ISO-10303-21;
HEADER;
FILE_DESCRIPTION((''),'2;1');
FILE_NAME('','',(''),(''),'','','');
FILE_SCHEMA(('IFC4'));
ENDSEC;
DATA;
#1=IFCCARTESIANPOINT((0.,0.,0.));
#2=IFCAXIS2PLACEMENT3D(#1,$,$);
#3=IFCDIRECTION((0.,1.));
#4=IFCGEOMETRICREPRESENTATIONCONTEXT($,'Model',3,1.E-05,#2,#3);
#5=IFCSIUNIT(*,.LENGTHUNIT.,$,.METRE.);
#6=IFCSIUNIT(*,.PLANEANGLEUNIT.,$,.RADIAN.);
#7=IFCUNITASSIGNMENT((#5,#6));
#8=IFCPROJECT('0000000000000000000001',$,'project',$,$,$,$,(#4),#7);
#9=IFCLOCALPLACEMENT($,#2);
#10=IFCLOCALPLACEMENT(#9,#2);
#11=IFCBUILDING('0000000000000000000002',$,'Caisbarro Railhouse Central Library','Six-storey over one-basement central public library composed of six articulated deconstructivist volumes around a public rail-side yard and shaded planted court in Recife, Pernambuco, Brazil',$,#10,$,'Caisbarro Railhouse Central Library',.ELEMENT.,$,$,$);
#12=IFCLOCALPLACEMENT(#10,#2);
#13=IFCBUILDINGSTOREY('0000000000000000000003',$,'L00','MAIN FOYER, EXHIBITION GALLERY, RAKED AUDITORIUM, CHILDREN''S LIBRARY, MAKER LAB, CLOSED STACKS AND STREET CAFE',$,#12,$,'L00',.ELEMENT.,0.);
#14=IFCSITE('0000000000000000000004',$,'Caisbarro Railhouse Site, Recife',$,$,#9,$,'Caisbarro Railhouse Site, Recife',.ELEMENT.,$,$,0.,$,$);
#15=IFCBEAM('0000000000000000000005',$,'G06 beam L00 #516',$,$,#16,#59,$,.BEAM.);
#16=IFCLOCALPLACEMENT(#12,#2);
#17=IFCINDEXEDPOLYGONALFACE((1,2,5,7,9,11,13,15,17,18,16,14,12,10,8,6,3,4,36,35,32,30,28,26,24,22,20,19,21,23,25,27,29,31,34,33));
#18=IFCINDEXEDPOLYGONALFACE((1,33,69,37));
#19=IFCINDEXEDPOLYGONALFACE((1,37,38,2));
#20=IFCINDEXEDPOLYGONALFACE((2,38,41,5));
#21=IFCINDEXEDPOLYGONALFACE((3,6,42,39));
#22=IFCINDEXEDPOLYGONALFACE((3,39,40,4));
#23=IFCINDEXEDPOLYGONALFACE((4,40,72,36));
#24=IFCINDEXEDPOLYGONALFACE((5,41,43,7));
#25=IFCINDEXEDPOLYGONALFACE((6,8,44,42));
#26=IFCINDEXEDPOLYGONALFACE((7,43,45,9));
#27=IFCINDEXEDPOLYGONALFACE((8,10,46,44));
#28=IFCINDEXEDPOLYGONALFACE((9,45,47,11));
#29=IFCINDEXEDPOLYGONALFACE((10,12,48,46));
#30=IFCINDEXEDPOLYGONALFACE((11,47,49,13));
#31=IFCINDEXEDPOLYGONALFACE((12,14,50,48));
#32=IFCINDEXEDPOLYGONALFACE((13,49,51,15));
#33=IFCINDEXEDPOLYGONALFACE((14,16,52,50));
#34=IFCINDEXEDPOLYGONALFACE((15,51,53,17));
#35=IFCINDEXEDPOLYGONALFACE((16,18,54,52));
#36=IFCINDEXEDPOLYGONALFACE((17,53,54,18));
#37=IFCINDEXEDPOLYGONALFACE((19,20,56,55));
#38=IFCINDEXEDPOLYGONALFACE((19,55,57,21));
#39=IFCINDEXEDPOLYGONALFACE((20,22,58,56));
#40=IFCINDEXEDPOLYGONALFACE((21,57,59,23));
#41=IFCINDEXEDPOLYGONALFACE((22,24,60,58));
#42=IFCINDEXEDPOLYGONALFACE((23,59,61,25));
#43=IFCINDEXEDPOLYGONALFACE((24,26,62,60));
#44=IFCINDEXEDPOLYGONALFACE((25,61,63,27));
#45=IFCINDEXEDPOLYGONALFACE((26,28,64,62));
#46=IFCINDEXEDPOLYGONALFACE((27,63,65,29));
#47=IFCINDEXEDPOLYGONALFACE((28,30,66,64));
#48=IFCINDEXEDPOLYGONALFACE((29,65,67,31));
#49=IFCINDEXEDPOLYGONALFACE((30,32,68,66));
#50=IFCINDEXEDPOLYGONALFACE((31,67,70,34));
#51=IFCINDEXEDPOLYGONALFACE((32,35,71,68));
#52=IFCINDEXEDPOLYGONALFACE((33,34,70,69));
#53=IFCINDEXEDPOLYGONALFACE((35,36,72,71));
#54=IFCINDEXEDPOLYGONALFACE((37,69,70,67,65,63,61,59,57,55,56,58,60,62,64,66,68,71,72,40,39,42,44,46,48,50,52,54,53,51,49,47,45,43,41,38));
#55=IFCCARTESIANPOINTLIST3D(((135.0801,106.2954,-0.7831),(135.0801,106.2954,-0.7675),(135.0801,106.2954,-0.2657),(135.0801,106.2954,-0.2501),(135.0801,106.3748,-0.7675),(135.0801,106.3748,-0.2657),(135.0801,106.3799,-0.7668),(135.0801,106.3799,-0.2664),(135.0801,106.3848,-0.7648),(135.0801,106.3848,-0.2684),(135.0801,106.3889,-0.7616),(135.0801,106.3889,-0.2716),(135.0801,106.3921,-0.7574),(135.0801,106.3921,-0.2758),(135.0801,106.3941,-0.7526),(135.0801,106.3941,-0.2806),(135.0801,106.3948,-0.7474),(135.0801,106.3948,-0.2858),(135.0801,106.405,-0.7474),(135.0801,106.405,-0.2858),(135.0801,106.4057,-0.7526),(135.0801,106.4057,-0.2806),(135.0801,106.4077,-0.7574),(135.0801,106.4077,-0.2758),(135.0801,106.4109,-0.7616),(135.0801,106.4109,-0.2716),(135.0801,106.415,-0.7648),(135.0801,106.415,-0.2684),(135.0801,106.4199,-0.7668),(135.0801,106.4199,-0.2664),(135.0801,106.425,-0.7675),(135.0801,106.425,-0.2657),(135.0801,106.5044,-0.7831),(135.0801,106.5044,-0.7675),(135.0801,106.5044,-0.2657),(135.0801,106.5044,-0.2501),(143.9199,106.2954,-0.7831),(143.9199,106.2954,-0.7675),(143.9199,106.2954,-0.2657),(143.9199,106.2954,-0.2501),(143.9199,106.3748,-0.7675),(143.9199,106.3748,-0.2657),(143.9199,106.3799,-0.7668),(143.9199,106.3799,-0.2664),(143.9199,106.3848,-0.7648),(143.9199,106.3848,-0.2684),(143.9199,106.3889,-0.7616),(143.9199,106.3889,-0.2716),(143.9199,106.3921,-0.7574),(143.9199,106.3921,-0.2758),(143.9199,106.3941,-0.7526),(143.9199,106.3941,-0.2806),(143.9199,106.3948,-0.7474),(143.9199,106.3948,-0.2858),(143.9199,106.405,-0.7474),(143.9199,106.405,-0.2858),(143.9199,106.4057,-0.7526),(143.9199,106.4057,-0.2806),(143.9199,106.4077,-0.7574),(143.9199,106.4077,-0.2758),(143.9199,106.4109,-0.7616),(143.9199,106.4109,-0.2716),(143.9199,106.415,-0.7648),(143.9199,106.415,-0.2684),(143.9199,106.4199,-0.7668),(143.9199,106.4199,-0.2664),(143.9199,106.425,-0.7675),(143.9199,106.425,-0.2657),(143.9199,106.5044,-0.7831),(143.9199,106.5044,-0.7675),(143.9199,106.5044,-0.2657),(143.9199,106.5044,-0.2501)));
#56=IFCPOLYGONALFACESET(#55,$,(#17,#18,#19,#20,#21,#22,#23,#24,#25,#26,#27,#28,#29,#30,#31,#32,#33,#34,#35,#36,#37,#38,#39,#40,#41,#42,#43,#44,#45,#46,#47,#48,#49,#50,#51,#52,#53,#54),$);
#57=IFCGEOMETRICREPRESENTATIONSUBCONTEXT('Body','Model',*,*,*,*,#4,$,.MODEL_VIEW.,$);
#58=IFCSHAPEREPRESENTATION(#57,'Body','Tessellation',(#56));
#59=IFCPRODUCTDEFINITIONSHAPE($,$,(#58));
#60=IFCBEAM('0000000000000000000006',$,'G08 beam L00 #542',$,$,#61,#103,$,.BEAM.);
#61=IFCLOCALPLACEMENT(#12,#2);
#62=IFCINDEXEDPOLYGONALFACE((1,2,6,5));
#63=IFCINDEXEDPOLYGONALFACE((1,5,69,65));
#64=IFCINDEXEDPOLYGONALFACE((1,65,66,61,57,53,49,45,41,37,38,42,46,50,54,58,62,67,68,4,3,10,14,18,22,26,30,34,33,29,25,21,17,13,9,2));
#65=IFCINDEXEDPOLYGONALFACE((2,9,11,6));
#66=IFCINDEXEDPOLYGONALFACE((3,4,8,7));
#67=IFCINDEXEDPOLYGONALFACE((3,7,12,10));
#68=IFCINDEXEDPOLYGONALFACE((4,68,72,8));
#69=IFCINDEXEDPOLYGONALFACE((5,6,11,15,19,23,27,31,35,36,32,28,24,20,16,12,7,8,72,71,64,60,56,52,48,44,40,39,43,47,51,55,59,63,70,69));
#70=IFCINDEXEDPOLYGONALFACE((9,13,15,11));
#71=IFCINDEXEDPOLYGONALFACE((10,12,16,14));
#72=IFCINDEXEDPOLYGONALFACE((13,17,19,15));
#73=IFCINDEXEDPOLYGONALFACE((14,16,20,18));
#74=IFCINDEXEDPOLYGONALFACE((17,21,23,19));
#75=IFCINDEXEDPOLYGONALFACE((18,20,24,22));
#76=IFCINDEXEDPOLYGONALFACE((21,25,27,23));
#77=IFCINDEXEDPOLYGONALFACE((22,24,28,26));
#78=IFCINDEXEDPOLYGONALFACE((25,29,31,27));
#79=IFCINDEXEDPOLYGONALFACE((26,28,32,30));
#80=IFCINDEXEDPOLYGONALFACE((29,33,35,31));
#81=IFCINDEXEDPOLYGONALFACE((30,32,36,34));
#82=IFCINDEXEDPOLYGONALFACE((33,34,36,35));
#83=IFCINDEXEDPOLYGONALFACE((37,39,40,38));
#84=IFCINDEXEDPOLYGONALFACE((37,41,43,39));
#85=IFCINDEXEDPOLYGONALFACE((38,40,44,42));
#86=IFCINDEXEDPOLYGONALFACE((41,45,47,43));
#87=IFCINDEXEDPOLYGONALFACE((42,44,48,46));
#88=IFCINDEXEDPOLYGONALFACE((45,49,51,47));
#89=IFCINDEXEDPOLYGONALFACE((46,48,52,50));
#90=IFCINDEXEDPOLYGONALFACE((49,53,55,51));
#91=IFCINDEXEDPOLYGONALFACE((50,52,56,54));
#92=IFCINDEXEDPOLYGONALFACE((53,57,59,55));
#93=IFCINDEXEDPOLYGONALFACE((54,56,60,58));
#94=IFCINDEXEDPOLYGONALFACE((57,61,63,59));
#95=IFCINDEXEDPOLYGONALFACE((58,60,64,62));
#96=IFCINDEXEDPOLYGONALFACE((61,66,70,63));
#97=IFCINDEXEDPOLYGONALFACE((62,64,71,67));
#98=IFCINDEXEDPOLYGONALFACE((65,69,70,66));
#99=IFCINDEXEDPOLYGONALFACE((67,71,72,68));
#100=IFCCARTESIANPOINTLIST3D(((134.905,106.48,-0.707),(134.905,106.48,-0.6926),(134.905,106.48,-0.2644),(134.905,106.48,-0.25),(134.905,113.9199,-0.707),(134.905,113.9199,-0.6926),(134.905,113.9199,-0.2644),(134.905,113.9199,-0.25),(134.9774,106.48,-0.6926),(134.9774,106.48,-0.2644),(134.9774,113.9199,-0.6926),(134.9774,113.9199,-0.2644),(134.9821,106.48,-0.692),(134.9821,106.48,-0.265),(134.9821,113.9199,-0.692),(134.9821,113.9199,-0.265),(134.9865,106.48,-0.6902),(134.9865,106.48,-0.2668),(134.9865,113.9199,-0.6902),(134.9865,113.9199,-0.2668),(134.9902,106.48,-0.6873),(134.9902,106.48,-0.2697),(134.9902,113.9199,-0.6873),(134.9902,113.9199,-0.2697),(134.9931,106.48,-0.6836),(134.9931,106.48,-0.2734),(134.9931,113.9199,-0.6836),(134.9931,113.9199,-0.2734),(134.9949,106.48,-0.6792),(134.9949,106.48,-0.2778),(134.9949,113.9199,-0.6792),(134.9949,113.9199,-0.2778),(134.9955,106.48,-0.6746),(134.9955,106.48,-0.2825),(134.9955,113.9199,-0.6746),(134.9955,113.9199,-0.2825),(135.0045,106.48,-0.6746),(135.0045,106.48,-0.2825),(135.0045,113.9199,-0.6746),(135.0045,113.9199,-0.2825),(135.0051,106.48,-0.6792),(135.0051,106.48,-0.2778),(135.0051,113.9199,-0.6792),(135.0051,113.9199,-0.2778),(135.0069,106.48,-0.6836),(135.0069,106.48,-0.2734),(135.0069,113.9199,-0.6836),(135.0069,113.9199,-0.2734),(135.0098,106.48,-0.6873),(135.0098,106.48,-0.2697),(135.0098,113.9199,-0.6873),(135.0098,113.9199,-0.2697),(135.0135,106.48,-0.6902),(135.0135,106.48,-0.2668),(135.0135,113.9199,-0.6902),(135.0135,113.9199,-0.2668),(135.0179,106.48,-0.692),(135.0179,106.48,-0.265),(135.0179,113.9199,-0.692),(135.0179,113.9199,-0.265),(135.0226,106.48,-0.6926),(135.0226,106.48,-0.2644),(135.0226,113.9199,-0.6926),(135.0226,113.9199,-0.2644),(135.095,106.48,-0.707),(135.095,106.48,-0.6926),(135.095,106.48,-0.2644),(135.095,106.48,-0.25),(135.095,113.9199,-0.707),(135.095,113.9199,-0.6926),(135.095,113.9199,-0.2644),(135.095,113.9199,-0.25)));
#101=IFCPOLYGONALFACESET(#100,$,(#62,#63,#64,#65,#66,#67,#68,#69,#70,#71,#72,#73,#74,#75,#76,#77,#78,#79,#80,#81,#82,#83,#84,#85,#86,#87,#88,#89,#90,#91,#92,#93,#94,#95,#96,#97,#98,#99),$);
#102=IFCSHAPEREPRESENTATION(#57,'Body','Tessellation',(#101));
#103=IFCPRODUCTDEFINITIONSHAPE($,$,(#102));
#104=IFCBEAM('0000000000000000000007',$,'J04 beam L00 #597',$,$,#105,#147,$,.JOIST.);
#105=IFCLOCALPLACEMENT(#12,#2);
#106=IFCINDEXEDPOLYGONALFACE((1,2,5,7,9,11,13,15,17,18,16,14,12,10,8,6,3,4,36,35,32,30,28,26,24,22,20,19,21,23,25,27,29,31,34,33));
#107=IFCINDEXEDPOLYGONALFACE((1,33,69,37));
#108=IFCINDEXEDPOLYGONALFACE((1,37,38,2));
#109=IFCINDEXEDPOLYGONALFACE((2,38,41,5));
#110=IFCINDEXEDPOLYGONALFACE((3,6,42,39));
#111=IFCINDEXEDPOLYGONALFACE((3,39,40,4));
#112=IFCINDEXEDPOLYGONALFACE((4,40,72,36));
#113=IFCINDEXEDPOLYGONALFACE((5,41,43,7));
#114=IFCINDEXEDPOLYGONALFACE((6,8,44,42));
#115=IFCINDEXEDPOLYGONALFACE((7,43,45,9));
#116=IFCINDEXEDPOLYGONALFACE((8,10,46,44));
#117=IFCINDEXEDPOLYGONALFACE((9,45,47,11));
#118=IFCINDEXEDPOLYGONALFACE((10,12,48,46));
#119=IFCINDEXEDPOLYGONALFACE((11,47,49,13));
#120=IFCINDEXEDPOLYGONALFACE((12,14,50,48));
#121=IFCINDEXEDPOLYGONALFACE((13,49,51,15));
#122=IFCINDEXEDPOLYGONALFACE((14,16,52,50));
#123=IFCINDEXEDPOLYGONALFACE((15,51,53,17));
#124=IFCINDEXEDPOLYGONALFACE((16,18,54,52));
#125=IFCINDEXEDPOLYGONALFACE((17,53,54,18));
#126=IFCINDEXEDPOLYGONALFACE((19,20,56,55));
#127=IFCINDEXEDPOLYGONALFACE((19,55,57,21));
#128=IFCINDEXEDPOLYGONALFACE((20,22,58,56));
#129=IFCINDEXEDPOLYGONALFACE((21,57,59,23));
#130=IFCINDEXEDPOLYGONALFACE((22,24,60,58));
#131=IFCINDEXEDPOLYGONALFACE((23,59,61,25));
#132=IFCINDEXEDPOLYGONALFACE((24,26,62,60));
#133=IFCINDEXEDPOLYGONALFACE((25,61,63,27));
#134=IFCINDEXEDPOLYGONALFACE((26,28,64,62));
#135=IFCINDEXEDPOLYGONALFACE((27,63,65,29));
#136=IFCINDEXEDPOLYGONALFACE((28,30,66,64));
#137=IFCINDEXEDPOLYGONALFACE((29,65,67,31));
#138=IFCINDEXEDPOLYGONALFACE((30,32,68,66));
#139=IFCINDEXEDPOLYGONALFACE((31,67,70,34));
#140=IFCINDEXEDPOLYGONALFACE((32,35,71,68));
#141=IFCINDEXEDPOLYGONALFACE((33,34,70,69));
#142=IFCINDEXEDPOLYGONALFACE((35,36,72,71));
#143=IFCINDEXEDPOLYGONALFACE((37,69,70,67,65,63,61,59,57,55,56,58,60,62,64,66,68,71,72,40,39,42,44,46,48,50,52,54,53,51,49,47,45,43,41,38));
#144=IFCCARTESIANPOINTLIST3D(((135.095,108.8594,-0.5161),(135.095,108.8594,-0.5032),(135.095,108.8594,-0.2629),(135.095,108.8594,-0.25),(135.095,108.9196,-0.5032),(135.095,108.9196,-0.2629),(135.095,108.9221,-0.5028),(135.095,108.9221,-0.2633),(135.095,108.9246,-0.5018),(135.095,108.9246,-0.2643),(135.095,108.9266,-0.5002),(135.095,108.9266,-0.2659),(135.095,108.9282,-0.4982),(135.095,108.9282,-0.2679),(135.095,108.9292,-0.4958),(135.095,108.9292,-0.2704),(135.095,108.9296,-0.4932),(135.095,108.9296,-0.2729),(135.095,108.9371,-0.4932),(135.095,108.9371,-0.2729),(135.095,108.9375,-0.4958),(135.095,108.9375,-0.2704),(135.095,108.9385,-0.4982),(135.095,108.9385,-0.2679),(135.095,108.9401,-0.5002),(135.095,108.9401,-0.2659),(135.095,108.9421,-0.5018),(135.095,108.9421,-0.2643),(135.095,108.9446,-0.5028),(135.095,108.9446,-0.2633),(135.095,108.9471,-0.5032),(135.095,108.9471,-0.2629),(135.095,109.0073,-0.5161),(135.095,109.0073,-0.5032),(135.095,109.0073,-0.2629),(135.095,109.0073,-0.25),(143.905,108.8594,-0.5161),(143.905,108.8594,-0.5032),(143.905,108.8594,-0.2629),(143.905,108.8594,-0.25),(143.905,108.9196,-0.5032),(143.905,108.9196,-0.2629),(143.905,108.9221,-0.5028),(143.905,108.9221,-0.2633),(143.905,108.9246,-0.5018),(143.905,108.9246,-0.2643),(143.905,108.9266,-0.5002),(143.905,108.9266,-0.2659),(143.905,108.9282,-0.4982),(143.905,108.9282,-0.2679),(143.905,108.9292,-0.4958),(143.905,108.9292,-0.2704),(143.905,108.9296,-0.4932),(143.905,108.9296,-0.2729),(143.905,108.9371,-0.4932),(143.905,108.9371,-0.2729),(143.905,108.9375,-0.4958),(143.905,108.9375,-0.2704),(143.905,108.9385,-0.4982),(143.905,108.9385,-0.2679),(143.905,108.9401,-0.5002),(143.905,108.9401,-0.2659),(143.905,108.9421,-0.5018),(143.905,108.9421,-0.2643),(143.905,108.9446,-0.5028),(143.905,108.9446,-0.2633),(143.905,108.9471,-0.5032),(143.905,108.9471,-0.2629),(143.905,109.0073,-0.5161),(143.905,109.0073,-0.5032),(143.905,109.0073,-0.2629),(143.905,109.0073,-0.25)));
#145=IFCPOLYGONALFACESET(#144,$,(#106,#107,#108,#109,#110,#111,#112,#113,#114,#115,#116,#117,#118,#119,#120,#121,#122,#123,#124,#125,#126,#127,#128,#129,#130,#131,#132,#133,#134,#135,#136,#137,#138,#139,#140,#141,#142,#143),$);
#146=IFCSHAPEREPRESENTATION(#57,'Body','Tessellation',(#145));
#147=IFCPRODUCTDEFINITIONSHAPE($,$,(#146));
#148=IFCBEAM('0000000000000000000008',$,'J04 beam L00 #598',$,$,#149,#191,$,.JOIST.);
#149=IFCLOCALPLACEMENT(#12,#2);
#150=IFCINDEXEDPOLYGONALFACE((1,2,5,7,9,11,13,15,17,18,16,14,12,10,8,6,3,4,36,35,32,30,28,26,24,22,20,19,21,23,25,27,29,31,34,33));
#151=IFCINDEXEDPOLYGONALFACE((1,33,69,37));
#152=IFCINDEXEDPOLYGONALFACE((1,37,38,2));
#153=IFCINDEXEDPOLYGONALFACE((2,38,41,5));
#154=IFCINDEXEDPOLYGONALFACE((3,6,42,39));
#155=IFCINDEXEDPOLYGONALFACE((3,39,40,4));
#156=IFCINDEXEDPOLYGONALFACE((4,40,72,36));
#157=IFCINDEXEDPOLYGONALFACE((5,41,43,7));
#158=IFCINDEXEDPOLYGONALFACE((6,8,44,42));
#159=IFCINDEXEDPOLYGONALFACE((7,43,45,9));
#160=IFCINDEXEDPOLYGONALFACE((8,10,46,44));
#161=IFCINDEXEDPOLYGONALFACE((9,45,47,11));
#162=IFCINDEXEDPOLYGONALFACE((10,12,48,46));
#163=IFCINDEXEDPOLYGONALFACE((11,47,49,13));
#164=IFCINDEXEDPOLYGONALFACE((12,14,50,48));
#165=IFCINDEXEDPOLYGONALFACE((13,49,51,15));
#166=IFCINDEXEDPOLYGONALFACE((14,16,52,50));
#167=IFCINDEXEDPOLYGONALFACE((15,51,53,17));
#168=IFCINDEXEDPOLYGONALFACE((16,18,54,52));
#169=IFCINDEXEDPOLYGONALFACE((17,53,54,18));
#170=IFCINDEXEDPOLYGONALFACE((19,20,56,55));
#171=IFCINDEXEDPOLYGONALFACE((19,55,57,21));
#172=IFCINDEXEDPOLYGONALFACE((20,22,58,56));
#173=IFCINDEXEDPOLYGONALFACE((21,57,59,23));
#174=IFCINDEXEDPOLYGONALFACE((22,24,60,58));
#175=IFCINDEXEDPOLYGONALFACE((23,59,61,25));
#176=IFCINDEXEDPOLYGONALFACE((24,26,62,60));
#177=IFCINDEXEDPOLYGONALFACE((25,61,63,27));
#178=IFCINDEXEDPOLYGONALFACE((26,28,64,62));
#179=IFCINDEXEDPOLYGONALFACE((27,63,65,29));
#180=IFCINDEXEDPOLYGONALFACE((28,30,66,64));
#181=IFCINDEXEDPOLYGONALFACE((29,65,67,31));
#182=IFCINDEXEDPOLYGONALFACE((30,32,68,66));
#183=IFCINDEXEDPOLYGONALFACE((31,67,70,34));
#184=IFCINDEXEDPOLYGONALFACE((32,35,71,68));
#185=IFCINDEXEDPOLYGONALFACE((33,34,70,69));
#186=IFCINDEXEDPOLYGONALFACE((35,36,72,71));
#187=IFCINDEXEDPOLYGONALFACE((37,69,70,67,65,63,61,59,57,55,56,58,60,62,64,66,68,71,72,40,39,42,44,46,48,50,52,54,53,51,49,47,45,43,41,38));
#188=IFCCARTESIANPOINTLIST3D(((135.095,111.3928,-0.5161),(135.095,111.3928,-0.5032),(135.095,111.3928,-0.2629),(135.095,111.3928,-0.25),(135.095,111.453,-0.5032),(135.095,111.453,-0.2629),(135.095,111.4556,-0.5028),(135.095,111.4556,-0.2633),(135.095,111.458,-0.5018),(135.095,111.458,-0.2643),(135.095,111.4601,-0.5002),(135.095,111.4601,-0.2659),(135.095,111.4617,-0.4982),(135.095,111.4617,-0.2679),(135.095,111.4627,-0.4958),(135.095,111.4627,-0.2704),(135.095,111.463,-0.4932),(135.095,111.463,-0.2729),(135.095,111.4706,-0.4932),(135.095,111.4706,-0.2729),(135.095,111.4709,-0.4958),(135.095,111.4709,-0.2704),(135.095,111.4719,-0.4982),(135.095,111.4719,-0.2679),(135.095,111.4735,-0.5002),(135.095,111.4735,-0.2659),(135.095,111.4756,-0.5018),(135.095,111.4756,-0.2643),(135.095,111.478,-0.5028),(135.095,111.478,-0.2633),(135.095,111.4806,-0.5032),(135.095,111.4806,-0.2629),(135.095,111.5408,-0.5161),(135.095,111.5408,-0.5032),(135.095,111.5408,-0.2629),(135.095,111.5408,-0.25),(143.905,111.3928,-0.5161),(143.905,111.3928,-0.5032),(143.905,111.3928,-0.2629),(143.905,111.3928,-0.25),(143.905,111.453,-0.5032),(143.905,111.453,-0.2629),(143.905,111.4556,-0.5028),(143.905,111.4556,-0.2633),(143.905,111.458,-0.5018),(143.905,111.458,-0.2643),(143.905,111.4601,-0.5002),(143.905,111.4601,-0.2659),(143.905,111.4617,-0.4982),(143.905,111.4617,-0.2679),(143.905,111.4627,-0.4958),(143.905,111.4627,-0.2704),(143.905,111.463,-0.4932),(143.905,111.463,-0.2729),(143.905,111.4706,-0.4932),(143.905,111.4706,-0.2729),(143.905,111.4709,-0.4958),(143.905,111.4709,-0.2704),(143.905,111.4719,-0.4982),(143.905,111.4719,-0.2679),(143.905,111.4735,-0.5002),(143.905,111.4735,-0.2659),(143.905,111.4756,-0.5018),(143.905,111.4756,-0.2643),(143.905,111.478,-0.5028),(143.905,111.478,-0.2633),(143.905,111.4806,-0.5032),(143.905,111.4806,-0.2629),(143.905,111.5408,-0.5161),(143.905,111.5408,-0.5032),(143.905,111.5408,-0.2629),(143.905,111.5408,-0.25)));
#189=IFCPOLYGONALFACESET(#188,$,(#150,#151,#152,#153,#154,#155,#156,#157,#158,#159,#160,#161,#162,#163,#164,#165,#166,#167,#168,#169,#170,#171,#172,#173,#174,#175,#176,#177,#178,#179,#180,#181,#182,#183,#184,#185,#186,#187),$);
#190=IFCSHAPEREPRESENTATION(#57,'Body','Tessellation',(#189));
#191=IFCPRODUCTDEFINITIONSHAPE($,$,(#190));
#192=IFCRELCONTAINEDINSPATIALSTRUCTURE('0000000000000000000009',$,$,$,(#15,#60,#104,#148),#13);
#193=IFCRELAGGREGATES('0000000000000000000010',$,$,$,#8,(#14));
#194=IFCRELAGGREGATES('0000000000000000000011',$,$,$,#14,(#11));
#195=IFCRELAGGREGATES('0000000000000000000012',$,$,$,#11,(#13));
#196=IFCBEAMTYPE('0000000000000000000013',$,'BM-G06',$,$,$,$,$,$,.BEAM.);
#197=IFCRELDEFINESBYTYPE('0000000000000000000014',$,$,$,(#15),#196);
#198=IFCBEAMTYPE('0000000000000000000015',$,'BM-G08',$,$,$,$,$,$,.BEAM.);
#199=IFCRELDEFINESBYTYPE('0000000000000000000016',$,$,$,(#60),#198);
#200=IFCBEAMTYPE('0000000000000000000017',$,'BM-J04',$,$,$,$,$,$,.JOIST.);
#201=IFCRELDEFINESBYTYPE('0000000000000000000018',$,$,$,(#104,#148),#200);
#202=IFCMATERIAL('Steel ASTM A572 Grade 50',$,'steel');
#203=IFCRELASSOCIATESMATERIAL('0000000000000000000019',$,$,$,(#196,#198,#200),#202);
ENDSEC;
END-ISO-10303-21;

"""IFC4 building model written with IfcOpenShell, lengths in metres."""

from ifc_helpers import new_model, si_unit, direction, frame, origin, origin_2d, place, context, subcontext, project, spatial, i_section, extrude, material, material_profile, profile_set, type_object, element, save


model = new_model("IFC4")

# Units and contexts
model_context = context("Model", 3, precision=1e-05, world=origin(), true_north=direction((0.0, 1.0)))
body_context = subcontext(model_context, "Body", "Model", "MODEL_VIEW")
ifc_project = project(units=[si_unit("LENGTHUNIT", "METRE"), si_unit("PLANEANGLEUNIT", "RADIAN")], contexts=[model_context])

# Site, building, storey
site_placement = place(None, origin())
site = spatial("IfcSite", under=ifc_project, at=site_placement, Name="Caisbarro Railhouse Site, Recife", LongName="Caisbarro Railhouse Site, Recife", CompositionType="ELEMENT", RefElevation=0.0)
building_placement = place(site_placement, origin())
building = spatial("IfcBuilding", under=site, at=building_placement, Name="Caisbarro Railhouse Central Library", Description="Six-storey over one-basement central public library composed of six articulated deconstructivist volumes around a public rail-side yard and shaded planted court in Recife, Pernambuco, Brazil", LongName="Caisbarro Railhouse Central Library", CompositionType="ELEMENT")
storey_placement = place(building_placement, origin())
storey = spatial("IfcBuildingStorey", under=building, at=storey_placement, Name="L00", Description="MAIN FOYER, EXHIBITION GALLERY, RAKED AUDITORIUM, CHILDREN'S LIBRARY, MAKER LAB, CLOSED STACKS AND STREET CAFE", LongName="L00", CompositionType="ELEMENT", Elevation=0.0)

# Shared definitions
ifc_material_1 = material(Name="Steel ASTM A572 Grade 50", Category="steel")

# Beams
ifc_material_profile_1 = material_profile(ifc_material_1, i_section(OverallWidth=0.209, OverallDepth=0.533, WebThickness=0.0103, FlangeThickness=0.0156, FilletRadius=0.02, at=origin_2d()), Name="W530X92.0")
ifc_profile_set_1 = profile_set([ifc_material_profile_1], Name="Steel ASTM A572 Grade 50")
beam_type_1 = type_object("IfcBeamType", Name="BM-G06", PredefinedType="BEAM", material=ifc_profile_set_1)
beam_1_placement = place(storey_placement, frame((135.0801, 106.3999, -0.5166), z_axis=(1.0, 0.0, 0.0), x_axis=(0.0, 1.0, 0.0)))
element("IfcBeam", 1, at=beam_1_placement, inside=storey, type_object=beam_type_1, Name="G06 beam L00 #516", PredefinedType="BEAM", context=body_context, shape_type="SweptSolid", body=[
    extrude(i_section(OverallWidth=0.209, OverallDepth=0.533, WebThickness=0.0103, FlangeThickness=0.0156, FilletRadius=0.02, at=origin_2d()), origin(), (0.0, 0.0, 1.0), 8.8398),
])
ifc_material_profile_2 = material_profile(ifc_material_1, i_section(OverallWidth=0.1899, OverallDepth=0.457, WebThickness=0.009, FlangeThickness=0.0144, FilletRadius=0.0181, at=origin_2d()), Name="W460X74.0")
ifc_profile_set_2 = profile_set([ifc_material_profile_2], Name="Steel ASTM A572 Grade 50")
beam_type_2 = type_object("IfcBeamType", Name="BM-G08", PredefinedType="BEAM", material=ifc_profile_set_2)
beam_2_placement = place(storey_placement, frame((135.0, 106.48, -0.4785), z_axis=(0.0, 1.0, 0.0), x_axis=(-1.0, 0.0, 0.0)))
element("IfcBeam", 2, at=beam_2_placement, inside=storey, type_object=beam_type_2, Name="G08 beam L00 #542", PredefinedType="BEAM", context=body_context, shape_type="SweptSolid", body=[
    extrude(i_section(OverallWidth=0.1899, OverallDepth=0.457, WebThickness=0.009, FlangeThickness=0.0144, FilletRadius=0.0181, at=origin_2d()), origin(), (0.0, 0.0, 1.0), 7.4399),
])
ifc_material_profile_3 = material_profile(ifc_material_1, i_section(OverallWidth=0.1479, OverallDepth=0.2661, WebThickness=0.0076, FlangeThickness=0.0129, FilletRadius=0.01, at=origin_2d()), Name="W250X44.8")
ifc_profile_set_3 = profile_set([ifc_material_profile_3], Name="Steel ASTM A572 Grade 50")
beam_type_3 = type_object("IfcBeamType", Name="BM-J04", PredefinedType="JOIST", material=ifc_profile_set_3)
for number, where, z_axis, x_axis, name in (
    (3, (135.095, 108.9333, -0.3831), (1.0, 0.0, 0.0), (0.0, 1.0, 0.0), "J04 beam L00 #597"),
    (4, (135.095, 111.4668, -0.3831), (1.0, 0.0, 0.0), (0.0, 1.0, 0.0), "J04 beam L00 #598"),
):
    element("IfcBeam", number, at=place(storey_placement, frame(where, z_axis=z_axis, x_axis=x_axis)), inside=storey, type_object=beam_type_3, Name=name, PredefinedType="JOIST", context=body_context, shape_type="SweptSolid", body=[
        extrude(i_section(OverallWidth=0.1479, OverallDepth=0.2661, WebThickness=0.0076, FlangeThickness=0.0129, FilletRadius=0.01, at=origin_2d()), origin(), (0.0, 0.0, 1.0), 8.8101),
    ])

save(model, "model.ifc")
